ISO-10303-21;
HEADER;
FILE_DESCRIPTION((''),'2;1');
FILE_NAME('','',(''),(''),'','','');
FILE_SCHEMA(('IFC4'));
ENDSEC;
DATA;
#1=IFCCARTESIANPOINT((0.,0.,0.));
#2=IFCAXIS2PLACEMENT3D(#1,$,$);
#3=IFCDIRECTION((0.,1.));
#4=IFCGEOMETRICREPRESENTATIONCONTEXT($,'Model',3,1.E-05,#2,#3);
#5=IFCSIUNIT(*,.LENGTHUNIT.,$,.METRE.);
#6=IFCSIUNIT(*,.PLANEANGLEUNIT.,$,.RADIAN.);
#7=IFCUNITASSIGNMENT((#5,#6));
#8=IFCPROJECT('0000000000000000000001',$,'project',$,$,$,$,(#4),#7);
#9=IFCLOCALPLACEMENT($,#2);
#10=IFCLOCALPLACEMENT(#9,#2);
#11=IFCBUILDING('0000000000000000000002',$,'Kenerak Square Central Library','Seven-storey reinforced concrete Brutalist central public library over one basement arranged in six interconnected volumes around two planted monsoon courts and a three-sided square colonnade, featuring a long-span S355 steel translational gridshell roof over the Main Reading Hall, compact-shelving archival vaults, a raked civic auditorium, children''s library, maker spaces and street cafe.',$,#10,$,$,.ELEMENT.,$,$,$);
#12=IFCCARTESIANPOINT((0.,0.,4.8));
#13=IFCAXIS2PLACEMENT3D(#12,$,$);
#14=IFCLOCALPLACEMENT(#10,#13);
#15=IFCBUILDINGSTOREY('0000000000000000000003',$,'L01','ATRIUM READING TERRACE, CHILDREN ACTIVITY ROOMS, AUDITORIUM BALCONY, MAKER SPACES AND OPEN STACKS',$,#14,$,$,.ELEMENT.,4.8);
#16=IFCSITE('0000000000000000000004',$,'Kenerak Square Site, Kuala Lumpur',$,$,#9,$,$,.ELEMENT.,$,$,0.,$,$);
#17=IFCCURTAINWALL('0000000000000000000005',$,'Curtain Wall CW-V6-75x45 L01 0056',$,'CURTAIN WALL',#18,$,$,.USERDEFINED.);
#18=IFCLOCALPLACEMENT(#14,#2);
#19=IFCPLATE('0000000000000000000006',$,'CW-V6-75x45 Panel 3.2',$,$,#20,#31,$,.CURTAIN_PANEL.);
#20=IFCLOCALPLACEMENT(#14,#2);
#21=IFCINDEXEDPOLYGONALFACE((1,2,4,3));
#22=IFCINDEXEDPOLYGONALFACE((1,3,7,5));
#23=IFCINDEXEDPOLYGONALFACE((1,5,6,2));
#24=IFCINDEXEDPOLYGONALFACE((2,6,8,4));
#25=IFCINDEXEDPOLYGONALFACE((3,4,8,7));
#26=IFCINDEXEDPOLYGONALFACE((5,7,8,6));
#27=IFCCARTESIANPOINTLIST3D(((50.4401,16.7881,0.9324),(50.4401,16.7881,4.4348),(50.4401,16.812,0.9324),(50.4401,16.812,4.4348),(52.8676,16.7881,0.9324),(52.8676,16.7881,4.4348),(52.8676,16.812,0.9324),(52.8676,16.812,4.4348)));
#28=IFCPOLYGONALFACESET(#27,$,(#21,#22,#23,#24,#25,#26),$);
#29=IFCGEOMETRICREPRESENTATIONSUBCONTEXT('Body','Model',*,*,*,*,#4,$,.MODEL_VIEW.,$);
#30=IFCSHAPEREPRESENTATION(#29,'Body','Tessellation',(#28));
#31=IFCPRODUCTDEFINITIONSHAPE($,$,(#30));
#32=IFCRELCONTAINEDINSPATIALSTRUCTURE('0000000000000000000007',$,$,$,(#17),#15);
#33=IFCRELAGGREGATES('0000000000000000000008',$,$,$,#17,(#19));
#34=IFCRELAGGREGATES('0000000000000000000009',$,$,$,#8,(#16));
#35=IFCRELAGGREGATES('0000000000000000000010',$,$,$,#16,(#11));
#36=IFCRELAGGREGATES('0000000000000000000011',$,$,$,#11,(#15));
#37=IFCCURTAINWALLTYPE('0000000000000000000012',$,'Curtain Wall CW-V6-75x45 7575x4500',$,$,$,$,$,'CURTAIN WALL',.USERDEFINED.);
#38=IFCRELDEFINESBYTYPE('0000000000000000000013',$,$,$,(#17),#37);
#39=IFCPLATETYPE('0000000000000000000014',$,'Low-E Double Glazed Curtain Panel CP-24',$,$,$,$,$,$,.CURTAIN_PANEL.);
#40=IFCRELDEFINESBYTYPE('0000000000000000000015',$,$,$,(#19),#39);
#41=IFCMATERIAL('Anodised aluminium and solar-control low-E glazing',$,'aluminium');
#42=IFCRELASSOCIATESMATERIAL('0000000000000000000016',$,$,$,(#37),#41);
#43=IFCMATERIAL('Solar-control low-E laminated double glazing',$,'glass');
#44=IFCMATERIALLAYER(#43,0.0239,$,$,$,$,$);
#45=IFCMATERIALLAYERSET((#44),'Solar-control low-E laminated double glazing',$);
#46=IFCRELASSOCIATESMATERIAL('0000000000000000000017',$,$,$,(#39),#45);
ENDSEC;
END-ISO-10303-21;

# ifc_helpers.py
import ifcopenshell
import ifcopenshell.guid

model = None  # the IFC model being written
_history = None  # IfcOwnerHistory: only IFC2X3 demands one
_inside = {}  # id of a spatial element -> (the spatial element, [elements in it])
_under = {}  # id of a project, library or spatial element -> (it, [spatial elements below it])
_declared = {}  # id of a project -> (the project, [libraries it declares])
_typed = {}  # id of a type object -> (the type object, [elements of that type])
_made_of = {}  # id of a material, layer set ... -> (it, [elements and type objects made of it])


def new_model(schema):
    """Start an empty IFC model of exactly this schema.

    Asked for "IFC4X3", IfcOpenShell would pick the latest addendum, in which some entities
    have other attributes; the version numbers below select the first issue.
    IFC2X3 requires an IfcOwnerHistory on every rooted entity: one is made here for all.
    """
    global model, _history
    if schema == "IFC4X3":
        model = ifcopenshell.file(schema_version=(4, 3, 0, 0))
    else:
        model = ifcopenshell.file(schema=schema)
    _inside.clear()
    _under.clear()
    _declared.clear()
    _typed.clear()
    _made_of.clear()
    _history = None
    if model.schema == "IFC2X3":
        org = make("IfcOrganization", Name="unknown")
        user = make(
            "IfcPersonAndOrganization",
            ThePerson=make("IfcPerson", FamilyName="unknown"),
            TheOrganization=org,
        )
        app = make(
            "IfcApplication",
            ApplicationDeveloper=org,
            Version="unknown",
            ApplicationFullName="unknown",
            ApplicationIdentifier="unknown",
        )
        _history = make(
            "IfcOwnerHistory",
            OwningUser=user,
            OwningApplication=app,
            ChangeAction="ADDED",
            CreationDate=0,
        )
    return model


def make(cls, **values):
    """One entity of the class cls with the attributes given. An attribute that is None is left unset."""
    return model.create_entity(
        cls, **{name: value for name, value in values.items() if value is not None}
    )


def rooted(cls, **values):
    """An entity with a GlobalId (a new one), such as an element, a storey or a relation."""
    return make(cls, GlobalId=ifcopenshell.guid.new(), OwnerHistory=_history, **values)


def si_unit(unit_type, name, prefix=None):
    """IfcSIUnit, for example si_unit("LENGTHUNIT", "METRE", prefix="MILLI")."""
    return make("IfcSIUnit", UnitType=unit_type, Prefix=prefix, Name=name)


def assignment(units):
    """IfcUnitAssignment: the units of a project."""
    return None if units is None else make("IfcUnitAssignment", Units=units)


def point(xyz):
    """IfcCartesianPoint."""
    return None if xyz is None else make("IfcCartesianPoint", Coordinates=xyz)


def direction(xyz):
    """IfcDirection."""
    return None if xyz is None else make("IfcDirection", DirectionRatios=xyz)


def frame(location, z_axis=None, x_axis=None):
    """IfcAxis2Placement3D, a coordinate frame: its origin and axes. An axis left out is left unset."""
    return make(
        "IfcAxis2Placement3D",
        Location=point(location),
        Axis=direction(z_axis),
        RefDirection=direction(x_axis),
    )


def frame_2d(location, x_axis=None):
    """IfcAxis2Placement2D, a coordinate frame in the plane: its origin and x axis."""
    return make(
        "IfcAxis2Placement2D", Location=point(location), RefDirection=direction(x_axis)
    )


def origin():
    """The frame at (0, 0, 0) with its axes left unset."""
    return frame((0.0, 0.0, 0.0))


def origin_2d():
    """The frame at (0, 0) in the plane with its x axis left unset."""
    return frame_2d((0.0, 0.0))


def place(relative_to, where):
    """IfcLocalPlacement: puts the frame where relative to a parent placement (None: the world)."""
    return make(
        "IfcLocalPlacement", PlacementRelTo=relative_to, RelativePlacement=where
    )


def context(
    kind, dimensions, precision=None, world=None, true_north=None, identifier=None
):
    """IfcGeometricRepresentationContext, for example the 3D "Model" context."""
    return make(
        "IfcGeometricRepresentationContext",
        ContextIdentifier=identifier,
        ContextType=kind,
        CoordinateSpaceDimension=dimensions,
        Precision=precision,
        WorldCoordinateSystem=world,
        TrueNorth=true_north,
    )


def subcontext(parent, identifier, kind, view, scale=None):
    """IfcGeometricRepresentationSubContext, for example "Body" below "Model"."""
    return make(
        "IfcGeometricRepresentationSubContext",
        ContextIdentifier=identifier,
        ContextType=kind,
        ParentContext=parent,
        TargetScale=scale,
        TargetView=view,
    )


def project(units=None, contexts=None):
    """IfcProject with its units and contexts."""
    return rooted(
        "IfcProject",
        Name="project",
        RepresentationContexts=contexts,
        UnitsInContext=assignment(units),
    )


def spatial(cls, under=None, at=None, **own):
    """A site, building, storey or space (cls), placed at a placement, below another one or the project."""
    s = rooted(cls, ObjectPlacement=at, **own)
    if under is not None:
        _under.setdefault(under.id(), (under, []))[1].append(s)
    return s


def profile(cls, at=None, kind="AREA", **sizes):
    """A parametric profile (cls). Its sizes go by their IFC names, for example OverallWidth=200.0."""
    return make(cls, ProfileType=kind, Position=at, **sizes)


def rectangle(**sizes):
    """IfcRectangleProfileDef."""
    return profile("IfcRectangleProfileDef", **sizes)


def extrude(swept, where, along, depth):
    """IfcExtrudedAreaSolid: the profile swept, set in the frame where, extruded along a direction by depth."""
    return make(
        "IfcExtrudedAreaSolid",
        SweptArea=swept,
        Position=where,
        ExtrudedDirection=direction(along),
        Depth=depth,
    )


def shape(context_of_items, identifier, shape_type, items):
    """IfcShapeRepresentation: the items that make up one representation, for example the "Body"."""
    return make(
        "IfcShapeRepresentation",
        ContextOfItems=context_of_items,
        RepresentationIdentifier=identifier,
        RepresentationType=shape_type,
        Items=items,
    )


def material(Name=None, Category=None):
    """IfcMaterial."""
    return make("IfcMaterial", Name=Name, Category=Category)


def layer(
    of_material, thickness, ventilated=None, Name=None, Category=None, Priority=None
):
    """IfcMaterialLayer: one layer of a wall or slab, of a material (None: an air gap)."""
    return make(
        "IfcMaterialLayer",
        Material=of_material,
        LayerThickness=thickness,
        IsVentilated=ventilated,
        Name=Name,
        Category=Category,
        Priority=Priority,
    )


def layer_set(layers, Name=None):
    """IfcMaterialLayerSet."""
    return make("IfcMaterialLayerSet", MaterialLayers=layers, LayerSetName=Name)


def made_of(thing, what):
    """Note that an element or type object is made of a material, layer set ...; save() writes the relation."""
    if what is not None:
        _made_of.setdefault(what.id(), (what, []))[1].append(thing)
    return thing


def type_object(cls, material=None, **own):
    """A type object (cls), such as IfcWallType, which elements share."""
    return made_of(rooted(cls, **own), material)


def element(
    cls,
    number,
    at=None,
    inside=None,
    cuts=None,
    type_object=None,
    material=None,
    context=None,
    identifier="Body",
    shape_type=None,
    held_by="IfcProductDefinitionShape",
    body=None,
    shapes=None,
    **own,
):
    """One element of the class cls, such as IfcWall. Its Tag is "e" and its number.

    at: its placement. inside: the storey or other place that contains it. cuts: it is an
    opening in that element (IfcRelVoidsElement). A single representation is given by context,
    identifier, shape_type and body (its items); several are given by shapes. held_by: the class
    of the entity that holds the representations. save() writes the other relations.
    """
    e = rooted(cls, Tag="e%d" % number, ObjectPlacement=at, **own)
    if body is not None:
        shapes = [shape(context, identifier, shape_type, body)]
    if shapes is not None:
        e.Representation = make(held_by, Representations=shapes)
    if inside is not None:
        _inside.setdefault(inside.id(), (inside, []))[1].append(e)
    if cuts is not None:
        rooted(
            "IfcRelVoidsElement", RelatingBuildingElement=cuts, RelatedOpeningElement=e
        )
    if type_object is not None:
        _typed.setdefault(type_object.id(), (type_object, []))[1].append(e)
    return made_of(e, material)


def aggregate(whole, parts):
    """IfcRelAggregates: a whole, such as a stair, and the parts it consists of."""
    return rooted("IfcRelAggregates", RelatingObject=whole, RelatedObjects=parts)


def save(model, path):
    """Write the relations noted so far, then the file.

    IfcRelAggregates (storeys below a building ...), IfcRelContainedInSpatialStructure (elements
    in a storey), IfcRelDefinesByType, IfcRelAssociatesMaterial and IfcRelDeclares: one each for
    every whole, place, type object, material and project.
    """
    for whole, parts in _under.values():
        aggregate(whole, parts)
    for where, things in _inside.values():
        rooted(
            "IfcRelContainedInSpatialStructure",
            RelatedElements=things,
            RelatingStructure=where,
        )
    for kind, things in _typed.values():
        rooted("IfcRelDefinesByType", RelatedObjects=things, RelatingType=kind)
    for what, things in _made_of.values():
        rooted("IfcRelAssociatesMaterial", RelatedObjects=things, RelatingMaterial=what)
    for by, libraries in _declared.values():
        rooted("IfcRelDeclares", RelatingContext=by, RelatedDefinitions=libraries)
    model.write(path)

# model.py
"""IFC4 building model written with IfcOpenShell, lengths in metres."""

from ifc_helpers import new_model, si_unit, direction, frame, origin, origin_2d, place, context, subcontext, project, spatial, rectangle, extrude, material, layer, layer_set, type_object, element, aggregate, save


model = new_model("IFC4")

# Units and contexts
model_context = context("Model", 3, precision=1e-05, world=origin(), true_north=direction((0.0, 1.0)))
body_context = subcontext(model_context, "Body", "Model", "MODEL_VIEW")
ifc_project = project(units=[si_unit("LENGTHUNIT", "METRE"), si_unit("PLANEANGLEUNIT", "RADIAN")], contexts=[model_context])

# Site, building, storey
site_placement = place(None, origin())
site = spatial("IfcSite", under=ifc_project, at=site_placement, Name="Kenerak Square Site, Kuala Lumpur", CompositionType="ELEMENT", RefElevation=0.0)
building_placement = place(site_placement, origin())
building = spatial("IfcBuilding", under=site, at=building_placement, Name="Kenerak Square Central Library", Description="Seven-storey reinforced concrete Brutalist central public library over one basement arranged in six interconnected volumes around two planted monsoon courts and a three-sided square colonnade, featuring a long-span S355 steel translational gridshell roof over the Main Reading Hall, compact-shelving archival vaults, a raked civic auditorium, children's library, maker spaces and street cafe.", CompositionType="ELEMENT")
storey_placement = place(building_placement, frame((0.0, 0.0, 4.8)))
storey = spatial("IfcBuildingStorey", under=building, at=storey_placement, Name="L01", Description="ATRIUM READING TERRACE, CHILDREN ACTIVITY ROOMS, AUDITORIUM BALCONY, MAKER SPACES AND OPEN STACKS", CompositionType="ELEMENT", Elevation=4.8)

# Curtain wall
ifc_material_1 = material(Name="Anodised aluminium and solar-control low-E glazing", Category="aluminium")
curtain_wall_type_1 = type_object("IfcCurtainWallType", Name="Curtain Wall CW-V6-75x45 7575x4500", ElementType="CURTAIN WALL", PredefinedType="USERDEFINED", material=ifc_material_1)
curtain_wall_1_placement = place(storey_placement, origin())
curtain_wall_1 = element("IfcCurtainWall", 1, at=curtain_wall_1_placement, inside=storey, type_object=curtain_wall_type_1, Name="Curtain Wall CW-V6-75x45 L01 0056", ObjectType="CURTAIN WALL", PredefinedType="USERDEFINED")

# Plate
ifc_material_2 = material(Name="Solar-control low-E laminated double glazing", Category="glass")
ifc_layer = layer(ifc_material_2, 0.0239)
ifc_layer_set = layer_set([ifc_layer], Name="Solar-control low-E laminated double glazing")
plate_type = type_object("IfcPlateType", Name="Low-E Double Glazed Curtain Panel CP-24", PredefinedType="CURTAIN_PANEL", material=ifc_layer_set)
plate_1_placement = place(storey_placement, frame((51.6538, 16.8, 0.9324), z_axis=(0.0, 0.0, 1.0), x_axis=(-1.0, 0.0, 0.0)))
plate_1 = element("IfcPlate", 2, at=plate_1_placement, type_object=plate_type, Name="CW-V6-75x45 Panel 3.2", PredefinedType="CURTAIN_PANEL", context=body_context, shape_type="SweptSolid", body=[
    extrude(rectangle(XDim=2.4275, YDim=0.0239, at=origin_2d()), origin(), (0.0, 0.0, 1.0), 3.5024),
])
aggregate(curtain_wall_1, [plate_1])

save(model, "model.ifc")
